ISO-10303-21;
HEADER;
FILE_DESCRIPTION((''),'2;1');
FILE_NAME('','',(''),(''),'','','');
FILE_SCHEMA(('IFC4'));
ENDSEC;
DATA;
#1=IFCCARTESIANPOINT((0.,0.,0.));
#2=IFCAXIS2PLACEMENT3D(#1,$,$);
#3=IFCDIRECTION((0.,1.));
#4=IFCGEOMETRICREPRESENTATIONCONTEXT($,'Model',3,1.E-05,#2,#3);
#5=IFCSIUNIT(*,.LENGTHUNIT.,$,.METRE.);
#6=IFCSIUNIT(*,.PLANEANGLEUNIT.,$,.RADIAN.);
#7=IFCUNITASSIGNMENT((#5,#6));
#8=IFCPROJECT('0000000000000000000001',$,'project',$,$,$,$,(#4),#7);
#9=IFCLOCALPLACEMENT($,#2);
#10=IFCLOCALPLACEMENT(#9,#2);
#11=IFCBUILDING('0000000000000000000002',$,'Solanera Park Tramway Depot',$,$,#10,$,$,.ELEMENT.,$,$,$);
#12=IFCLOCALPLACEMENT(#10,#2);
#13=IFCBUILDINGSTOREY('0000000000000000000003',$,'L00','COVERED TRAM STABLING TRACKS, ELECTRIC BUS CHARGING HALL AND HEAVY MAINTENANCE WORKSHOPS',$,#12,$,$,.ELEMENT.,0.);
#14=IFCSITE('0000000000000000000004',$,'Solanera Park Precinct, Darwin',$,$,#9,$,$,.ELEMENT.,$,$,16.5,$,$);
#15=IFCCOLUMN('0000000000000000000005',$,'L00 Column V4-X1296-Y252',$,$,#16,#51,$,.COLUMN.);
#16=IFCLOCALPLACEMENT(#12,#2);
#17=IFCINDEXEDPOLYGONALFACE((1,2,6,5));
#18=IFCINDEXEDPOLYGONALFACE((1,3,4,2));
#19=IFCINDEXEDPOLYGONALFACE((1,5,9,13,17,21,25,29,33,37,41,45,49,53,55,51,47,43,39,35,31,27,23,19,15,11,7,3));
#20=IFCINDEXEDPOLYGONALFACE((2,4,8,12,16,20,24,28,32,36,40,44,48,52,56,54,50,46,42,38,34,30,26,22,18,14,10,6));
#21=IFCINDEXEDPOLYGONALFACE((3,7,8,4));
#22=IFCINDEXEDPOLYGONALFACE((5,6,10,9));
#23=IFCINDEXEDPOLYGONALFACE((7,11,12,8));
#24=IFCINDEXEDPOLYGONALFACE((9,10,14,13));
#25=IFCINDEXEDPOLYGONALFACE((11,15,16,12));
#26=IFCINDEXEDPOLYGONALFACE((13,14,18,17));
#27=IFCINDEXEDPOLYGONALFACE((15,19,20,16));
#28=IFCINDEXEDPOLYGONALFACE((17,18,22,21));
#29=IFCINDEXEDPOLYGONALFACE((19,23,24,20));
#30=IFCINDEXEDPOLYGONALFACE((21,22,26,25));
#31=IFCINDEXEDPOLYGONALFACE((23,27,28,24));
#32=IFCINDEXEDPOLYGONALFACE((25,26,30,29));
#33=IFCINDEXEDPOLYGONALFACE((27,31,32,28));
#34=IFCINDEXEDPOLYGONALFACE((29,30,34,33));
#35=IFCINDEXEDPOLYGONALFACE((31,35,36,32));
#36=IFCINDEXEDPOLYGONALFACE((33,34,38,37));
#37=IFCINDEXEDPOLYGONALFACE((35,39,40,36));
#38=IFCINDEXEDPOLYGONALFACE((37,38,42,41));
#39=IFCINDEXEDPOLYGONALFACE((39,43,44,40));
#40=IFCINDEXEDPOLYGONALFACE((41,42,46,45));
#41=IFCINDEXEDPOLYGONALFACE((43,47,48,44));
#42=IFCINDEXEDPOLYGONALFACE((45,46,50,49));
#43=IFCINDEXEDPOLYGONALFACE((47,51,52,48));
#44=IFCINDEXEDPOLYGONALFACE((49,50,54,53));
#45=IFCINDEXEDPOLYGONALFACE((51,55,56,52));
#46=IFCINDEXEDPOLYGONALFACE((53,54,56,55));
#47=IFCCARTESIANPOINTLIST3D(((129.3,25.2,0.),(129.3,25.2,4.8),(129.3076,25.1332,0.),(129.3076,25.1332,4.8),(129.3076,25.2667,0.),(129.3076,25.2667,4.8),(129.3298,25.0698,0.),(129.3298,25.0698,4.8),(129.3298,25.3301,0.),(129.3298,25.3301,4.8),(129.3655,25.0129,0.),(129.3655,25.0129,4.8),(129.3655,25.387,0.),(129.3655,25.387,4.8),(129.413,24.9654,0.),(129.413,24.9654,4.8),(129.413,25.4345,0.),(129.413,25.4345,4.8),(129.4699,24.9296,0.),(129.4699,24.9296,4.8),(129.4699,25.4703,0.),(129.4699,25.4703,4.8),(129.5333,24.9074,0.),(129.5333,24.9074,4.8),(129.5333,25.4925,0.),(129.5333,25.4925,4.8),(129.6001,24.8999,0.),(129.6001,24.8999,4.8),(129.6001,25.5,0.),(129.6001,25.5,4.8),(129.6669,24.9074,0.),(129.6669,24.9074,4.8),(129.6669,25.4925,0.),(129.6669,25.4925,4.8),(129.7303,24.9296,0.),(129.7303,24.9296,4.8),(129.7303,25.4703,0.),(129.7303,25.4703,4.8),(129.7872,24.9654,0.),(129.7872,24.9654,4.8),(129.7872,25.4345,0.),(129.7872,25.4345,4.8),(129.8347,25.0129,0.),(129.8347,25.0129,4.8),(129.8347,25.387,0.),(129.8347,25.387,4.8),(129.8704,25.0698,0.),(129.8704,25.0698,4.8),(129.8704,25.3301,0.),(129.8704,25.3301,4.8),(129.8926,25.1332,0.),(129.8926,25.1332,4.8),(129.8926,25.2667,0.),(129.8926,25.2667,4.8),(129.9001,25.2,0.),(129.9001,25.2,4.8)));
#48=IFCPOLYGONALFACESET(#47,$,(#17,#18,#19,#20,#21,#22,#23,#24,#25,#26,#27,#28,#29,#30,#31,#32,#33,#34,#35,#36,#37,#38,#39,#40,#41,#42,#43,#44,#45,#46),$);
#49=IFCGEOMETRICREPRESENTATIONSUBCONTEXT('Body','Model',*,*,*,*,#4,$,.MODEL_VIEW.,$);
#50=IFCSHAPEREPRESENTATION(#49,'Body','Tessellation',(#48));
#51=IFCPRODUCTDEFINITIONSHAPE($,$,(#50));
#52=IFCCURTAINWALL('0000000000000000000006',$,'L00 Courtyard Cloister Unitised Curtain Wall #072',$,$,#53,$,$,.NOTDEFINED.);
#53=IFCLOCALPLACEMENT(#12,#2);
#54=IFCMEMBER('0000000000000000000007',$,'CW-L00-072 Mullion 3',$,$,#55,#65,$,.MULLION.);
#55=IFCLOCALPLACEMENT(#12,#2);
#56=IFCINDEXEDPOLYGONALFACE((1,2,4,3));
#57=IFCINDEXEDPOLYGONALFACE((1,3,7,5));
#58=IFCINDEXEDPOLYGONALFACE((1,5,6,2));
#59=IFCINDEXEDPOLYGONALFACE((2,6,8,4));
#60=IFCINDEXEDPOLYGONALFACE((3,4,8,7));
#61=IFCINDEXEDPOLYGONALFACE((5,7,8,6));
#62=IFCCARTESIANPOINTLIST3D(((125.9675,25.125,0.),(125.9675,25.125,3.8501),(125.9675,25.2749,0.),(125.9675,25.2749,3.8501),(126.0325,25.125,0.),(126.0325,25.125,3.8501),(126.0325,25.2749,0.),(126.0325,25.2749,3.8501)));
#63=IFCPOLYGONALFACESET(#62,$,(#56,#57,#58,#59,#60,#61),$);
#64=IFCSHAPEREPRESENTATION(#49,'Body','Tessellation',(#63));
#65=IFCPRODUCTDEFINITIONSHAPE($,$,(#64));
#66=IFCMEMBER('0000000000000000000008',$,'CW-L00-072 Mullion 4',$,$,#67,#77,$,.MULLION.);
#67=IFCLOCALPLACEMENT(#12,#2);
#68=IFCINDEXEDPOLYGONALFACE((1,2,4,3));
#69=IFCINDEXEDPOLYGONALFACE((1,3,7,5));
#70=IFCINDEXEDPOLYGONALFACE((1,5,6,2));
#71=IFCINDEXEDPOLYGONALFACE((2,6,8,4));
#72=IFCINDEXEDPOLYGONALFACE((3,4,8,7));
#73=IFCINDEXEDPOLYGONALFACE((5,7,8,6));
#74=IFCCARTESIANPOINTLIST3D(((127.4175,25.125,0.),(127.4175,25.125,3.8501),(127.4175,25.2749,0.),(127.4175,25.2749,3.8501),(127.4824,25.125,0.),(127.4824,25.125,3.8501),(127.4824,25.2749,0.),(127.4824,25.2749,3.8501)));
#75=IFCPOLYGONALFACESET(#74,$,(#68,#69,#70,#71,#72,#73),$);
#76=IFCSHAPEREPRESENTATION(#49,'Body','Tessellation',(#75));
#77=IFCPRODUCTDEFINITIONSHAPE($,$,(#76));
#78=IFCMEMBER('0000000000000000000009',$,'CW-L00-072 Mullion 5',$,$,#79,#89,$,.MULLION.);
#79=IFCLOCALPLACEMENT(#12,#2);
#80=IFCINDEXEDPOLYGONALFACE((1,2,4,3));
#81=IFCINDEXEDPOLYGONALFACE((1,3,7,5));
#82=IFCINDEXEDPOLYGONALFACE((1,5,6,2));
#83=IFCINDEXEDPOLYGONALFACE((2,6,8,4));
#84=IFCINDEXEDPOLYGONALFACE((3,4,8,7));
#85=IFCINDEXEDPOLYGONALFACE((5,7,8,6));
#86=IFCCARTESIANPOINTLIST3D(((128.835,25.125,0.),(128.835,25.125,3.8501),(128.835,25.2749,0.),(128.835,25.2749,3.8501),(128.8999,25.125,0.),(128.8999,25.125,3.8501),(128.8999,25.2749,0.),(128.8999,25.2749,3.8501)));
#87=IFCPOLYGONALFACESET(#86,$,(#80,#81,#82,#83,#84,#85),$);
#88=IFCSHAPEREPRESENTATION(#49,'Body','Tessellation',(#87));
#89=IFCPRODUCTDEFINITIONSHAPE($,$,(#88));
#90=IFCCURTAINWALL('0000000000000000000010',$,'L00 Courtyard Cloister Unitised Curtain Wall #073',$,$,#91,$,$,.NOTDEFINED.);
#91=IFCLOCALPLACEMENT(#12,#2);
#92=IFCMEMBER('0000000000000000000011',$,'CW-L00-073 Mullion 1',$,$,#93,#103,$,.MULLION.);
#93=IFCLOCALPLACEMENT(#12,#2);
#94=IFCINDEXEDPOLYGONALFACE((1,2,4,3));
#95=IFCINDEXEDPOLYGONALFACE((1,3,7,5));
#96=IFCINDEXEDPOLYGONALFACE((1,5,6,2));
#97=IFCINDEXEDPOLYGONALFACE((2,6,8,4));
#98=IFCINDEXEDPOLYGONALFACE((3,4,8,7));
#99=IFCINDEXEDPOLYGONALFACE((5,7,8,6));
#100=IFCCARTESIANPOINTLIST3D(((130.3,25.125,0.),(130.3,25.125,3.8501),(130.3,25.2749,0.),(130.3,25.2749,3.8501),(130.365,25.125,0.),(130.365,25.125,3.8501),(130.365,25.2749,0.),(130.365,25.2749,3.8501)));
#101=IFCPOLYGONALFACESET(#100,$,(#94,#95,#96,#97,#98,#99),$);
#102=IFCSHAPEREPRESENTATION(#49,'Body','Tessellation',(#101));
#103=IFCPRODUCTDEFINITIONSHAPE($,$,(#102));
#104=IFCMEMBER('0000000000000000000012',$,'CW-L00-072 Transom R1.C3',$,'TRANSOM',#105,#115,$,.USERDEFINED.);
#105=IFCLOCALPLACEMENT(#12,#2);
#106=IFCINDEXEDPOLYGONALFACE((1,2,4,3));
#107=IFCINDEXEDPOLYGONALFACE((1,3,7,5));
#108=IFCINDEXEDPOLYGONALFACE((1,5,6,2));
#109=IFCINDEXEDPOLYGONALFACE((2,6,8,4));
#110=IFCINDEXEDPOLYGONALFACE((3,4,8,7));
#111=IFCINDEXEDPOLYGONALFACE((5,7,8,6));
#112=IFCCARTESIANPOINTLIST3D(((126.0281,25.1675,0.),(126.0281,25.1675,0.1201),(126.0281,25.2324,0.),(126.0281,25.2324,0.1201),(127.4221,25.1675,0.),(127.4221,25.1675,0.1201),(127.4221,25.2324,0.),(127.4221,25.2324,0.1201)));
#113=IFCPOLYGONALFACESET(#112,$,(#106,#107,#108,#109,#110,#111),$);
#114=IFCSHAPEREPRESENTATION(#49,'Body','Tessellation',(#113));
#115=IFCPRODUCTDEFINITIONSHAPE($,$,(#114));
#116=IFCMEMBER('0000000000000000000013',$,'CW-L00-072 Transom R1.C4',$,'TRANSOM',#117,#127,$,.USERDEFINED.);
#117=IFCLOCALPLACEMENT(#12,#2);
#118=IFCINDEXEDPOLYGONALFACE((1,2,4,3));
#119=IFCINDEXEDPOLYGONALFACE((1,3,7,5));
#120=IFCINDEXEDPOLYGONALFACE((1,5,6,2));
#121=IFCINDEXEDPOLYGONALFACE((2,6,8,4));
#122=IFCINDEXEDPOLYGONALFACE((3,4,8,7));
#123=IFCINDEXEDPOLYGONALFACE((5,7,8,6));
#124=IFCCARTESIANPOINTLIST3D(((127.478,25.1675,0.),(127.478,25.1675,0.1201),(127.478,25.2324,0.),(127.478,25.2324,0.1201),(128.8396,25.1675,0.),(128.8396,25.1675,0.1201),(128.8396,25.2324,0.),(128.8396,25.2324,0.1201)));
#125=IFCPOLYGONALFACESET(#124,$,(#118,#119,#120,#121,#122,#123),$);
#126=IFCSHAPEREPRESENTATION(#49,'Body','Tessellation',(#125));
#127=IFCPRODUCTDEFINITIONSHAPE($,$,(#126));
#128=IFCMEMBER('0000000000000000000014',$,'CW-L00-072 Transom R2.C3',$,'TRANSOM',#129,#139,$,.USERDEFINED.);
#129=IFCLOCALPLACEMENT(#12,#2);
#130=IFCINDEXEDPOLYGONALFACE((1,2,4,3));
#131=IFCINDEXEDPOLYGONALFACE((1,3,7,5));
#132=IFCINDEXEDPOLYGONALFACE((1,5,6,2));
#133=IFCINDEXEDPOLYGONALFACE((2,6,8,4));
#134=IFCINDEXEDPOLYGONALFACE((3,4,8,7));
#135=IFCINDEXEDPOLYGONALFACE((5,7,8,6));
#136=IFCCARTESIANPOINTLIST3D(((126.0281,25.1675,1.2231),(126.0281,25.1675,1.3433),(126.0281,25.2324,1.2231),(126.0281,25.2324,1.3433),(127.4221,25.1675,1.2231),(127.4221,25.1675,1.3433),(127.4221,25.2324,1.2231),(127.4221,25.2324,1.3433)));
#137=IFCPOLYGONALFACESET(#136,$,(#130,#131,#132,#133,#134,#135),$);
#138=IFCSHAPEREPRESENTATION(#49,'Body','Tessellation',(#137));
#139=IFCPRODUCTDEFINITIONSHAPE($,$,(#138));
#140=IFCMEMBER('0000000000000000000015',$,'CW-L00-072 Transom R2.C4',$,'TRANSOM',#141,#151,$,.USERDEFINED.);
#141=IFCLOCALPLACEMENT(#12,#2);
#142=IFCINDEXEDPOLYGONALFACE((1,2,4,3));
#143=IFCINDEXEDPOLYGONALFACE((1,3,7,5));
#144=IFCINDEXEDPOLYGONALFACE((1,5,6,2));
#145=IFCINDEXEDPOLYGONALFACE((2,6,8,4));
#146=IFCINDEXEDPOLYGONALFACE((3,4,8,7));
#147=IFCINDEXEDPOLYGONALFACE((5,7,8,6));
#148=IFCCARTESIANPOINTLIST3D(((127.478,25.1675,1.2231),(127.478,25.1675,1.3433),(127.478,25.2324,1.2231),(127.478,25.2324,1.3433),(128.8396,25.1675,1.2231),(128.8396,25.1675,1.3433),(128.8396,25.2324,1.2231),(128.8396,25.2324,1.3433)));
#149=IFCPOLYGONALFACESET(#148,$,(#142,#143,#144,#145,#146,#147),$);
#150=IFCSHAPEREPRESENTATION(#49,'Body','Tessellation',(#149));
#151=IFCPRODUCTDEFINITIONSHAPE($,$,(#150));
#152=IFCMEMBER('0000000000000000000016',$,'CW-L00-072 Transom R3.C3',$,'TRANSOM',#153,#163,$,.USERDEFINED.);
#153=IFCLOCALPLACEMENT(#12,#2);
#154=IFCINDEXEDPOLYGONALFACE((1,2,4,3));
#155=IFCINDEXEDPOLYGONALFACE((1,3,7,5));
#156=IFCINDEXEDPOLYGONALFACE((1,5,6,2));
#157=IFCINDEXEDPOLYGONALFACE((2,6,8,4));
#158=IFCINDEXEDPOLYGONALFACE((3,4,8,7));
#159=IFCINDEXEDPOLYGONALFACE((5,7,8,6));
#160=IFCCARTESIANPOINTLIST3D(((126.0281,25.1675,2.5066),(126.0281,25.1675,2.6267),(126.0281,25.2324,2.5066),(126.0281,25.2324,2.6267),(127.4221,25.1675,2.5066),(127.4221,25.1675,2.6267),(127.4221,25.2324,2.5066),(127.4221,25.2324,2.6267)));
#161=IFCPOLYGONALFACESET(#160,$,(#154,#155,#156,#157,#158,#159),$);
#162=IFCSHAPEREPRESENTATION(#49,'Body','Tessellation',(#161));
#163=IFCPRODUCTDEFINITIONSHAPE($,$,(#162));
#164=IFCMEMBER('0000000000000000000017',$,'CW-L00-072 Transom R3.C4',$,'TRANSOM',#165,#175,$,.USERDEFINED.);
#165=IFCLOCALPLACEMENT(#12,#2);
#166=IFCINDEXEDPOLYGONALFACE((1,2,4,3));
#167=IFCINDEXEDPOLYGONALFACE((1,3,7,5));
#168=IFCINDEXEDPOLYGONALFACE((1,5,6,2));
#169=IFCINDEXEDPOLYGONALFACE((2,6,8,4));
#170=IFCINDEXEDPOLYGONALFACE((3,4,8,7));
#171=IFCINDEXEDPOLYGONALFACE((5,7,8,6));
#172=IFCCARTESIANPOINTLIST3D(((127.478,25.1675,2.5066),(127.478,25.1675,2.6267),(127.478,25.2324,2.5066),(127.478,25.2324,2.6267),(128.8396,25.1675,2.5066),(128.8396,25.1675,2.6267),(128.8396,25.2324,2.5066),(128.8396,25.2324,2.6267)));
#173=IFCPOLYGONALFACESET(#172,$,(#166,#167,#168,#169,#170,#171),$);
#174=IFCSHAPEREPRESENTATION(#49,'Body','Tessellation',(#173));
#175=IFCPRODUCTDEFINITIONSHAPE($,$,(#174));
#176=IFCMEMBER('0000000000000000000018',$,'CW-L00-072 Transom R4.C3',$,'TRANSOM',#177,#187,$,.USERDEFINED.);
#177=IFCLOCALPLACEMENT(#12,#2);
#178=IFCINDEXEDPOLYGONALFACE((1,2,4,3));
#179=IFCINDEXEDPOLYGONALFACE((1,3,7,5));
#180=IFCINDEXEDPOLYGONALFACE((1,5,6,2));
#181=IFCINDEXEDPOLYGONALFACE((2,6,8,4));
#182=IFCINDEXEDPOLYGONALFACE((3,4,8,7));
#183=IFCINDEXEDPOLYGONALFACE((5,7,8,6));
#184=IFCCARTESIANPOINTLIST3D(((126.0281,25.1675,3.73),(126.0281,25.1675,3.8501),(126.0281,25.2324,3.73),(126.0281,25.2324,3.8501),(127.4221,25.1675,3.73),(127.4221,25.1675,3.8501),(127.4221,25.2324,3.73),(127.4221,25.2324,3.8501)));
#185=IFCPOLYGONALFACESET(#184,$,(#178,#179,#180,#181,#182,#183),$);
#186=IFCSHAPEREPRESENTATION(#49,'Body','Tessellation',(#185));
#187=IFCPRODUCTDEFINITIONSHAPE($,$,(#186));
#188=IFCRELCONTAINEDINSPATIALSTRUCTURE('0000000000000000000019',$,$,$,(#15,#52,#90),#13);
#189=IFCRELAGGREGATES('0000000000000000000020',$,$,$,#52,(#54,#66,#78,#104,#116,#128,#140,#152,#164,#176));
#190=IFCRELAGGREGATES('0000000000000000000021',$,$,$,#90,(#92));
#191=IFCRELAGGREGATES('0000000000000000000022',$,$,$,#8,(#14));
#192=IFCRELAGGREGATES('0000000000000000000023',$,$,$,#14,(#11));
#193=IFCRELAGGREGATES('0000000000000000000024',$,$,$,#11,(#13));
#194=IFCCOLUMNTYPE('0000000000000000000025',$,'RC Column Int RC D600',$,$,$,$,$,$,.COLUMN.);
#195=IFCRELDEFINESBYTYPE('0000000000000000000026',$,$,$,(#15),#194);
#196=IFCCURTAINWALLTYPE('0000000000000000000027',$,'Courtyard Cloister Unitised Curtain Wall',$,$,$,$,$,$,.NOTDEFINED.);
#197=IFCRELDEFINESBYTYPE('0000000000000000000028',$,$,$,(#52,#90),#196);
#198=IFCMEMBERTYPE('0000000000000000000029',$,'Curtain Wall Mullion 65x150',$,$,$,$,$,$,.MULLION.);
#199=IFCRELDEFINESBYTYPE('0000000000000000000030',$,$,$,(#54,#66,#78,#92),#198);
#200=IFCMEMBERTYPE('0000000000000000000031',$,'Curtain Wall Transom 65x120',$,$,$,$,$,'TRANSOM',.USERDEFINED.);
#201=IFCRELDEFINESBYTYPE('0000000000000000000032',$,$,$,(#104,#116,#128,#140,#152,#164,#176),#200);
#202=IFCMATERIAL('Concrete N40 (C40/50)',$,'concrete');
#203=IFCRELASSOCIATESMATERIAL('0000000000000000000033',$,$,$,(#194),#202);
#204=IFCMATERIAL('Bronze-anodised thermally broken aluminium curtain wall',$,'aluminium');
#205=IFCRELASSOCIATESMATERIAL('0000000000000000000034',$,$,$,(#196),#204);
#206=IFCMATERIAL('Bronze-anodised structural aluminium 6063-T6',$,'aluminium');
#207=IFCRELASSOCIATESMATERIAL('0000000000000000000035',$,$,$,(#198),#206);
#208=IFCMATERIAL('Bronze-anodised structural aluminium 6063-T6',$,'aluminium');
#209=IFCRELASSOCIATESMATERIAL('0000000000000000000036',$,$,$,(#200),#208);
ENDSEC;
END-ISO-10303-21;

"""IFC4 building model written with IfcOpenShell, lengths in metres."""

from ifc_helpers import new_model, si_unit, direction, frame, origin, origin_2d, place, context, subcontext, project, spatial, rectangle, circle, extrude, material, material_profile, profile_set, type_object, element, aggregate, save


model = new_model("IFC4")

# Units and contexts
model_context = context("Model", 3, precision=1e-05, world=origin(), true_north=direction((0.0, 1.0)))
body_context = subcontext(model_context, "Body", "Model", "MODEL_VIEW")
ifc_project = project(units=[si_unit("LENGTHUNIT", "METRE"), si_unit("PLANEANGLEUNIT", "RADIAN")], contexts=[model_context])

# Site, building, storey
site_placement = place(None, origin())
site = spatial("IfcSite", under=ifc_project, at=site_placement, Name="Solanera Park Precinct, Darwin", CompositionType="ELEMENT", RefElevation=16.5)
building_placement = place(site_placement, origin())
building = spatial("IfcBuilding", under=site, at=building_placement, Name="Solanera Park Tramway Depot", CompositionType="ELEMENT")
storey_placement = place(building_placement, origin())
storey = spatial("IfcBuildingStorey", under=building, at=storey_placement, Name="L00", Description="COVERED TRAM STABLING TRACKS, ELECTRIC BUS CHARGING HALL AND HEAVY MAINTENANCE WORKSHOPS", CompositionType="ELEMENT", Elevation=0.0)

# Column
ifc_material_1 = material(Name="Concrete N40 (C40/50)", Category="concrete")
ifc_material_profile_1 = material_profile(ifc_material_1, circle(Radius=0.3, at=origin_2d()), Name="RC D600")
ifc_profile_set_1 = profile_set([ifc_material_profile_1], Name="Concrete N40 (C40/50)")
column_type_1 = type_object("IfcColumnType", Name="RC Column Int RC D600", PredefinedType="COLUMN", material=ifc_profile_set_1)
column_1_placement = place(storey_placement, frame((129.6001, 25.2, 0.0), z_axis=(0.0, 0.0, 1.0), x_axis=(1.0, 0.0, 0.0)))
element("IfcColumn", 1, at=column_1_placement, inside=storey, type_object=column_type_1, Name="L00 Column V4-X1296-Y252", PredefinedType="COLUMN", context=body_context, shape_type="SweptSolid", body=[
    extrude(circle(Radius=0.3, at=origin_2d()), origin(), (0.0, 0.0, 1.0), 4.8),
])

# Curtain wall, members
ifc_material_2 = material(Name="Bronze-anodised thermally broken aluminium curtain wall", Category="aluminium")
curtain_wall_type = type_object("IfcCurtainWallType", Name="Courtyard Cloister Unitised Curtain Wall", PredefinedType="NOTDEFINED", material=ifc_material_2)
curtain_wall_1_placement = place(storey_placement, origin())
curtain_wall_1 = element("IfcCurtainWall", 2, at=curtain_wall_1_placement, inside=storey, type_object=curtain_wall_type, Name="L00 Courtyard Cloister Unitised Curtain Wall #072", PredefinedType="NOTDEFINED")
ifc_material_3 = material(Name="Bronze-anodised structural aluminium 6063-T6", Category="aluminium")
ifc_material_profile_2 = material_profile(ifc_material_3, rectangle(XDim=0.0649, YDim=0.1499, at=origin_2d()), Name="Curtain Wall Mullion 65x150")
ifc_profile_set_2 = profile_set([ifc_material_profile_2], Name="Bronze-anodised structural aluminium 6063-T6")
member_type_1 = type_object("IfcMemberType", Name="Curtain Wall Mullion 65x150", PredefinedType="MULLION", material=ifc_profile_set_2)
member_1_placement = place(storey_placement, frame((126.0, 25.2, 0.0), z_axis=(0.0, 0.0, 1.0), x_axis=(1.0, 0.0, 0.0)))
member_1 = element("IfcMember", 3, at=member_1_placement, type_object=member_type_1, Name="CW-L00-072 Mullion 3", PredefinedType="MULLION", context=body_context, shape_type="SweptSolid", body=[
    extrude(rectangle(XDim=0.0649, YDim=0.1499, at=origin_2d()), origin(), (0.0, 0.0, 1.0), 3.8501),
])
member_2_placement = place(storey_placement, frame((127.45, 25.2, 0.0), z_axis=(0.0, 0.0, 1.0), x_axis=(1.0, 0.0, 0.0)))
member_2 = element("IfcMember", 4, at=member_2_placement, type_object=member_type_1, Name="CW-L00-072 Mullion 4", PredefinedType="MULLION", context=body_context, shape_type="SweptSolid", body=[
    extrude(rectangle(XDim=0.0649, YDim=0.1499, at=origin_2d()), origin(), (0.0, 0.0, 1.0), 3.8501),
])
member_3_placement = place(storey_placement, frame((128.8674, 25.2, 0.0), z_axis=(0.0, 0.0, 1.0), x_axis=(1.0, 0.0, 0.0)))
member_3 = element("IfcMember", 5, at=member_3_placement, type_object=member_type_1, Name="CW-L00-072 Mullion 5", PredefinedType="MULLION", context=body_context, shape_type="SweptSolid", body=[
    extrude(rectangle(XDim=0.0649, YDim=0.1499, at=origin_2d()), origin(), (0.0, 0.0, 1.0), 3.8501),
])

# Curtain wall, member
curtain_wall_2_placement = place(storey_placement, origin())
curtain_wall_2 = element("IfcCurtainWall", 6, at=curtain_wall_2_placement, inside=storey, type_object=curtain_wall_type, Name="L00 Courtyard Cloister Unitised Curtain Wall #073", PredefinedType="NOTDEFINED")
member_4_placement = place(storey_placement, frame((130.3325, 25.2, 0.0), z_axis=(0.0, 0.0, 1.0), x_axis=(1.0, 0.0, 0.0)))
member_4 = element("IfcMember", 7, at=member_4_placement, type_object=member_type_1, Name="CW-L00-073 Mullion 1", PredefinedType="MULLION", context=body_context, shape_type="SweptSolid", body=[
    extrude(rectangle(XDim=0.0649, YDim=0.1499, at=origin_2d()), origin(), (0.0, 0.0, 1.0), 3.8501),
])

# Members
ifc_material_4 = material(Name="Bronze-anodised structural aluminium 6063-T6", Category="aluminium")
ifc_material_profile_3 = material_profile(ifc_material_4, rectangle(XDim=0.0649, YDim=0.1201, at=origin_2d()), Name="Curtain Wall Transom 65x120")
ifc_profile_set_3 = profile_set([ifc_material_profile_3], Name="Bronze-anodised structural aluminium 6063-T6")
member_type_2 = type_object("IfcMemberType", Name="Curtain Wall Transom 65x120", ElementType="TRANSOM", PredefinedType="USERDEFINED", material=ifc_profile_set_3)
member_5_placement = place(storey_placement, frame((126.0281, 25.2, 0.0601), z_axis=(1.0, 0.0, 0.0), x_axis=(0.0, 1.0, 0.0)))
member_5 = element("IfcMember", 8, at=member_5_placement, type_object=member_type_2, Name="CW-L00-072 Transom R1.C3", ObjectType="TRANSOM", PredefinedType="USERDEFINED", context=body_context, shape_type="SweptSolid", body=[
    extrude(rectangle(XDim=0.0649, YDim=0.1201, at=origin_2d()), origin(), (0.0, 0.0, 1.0), 1.394),
])
member_6_placement = place(storey_placement, frame((127.478, 25.2, 0.0601), z_axis=(1.0, 0.0, 0.0), x_axis=(0.0, 1.0, 0.0)))
member_6 = element("IfcMember", 9, at=member_6_placement, type_object=member_type_2, Name="CW-L00-072 Transom R1.C4", ObjectType="TRANSOM", PredefinedType="USERDEFINED", context=body_context, shape_type="SweptSolid", body=[
    extrude(rectangle(XDim=0.0649, YDim=0.1201, at=origin_2d()), origin(), (0.0, 0.0, 1.0), 1.3616),
])
member_7_placement = place(storey_placement, frame((126.0281, 25.2, 1.2832), z_axis=(1.0, 0.0, 0.0), x_axis=(0.0, 1.0, 0.0)))
member_7 = element("IfcMember", 10, at=member_7_placement, type_object=member_type_2, Name="CW-L00-072 Transom R2.C3", ObjectType="TRANSOM", PredefinedType="USERDEFINED", context=body_context, shape_type="SweptSolid", body=[
    extrude(rectangle(XDim=0.0649, YDim=0.1201, at=origin_2d()), origin(), (0.0, 0.0, 1.0), 1.394),
])
member_8_placement = place(storey_placement, frame((127.478, 25.2, 1.2832), z_axis=(1.0, 0.0, 0.0), x_axis=(0.0, 1.0, 0.0)))
member_8 = element("IfcMember", 11, at=member_8_placement, type_object=member_type_2, Name="CW-L00-072 Transom R2.C4", ObjectType="TRANSOM", PredefinedType="USERDEFINED", context=body_context, shape_type="SweptSolid", body=[
    extrude(rectangle(XDim=0.0649, YDim=0.1201, at=origin_2d()), origin(), (0.0, 0.0, 1.0), 1.3616),
])
member_9_placement = place(storey_placement, frame((126.0281, 25.2, 2.5667), z_axis=(1.0, 0.0, 0.0), x_axis=(0.0, 1.0, 0.0)))
member_9 = element("IfcMember", 12, at=member_9_placement, type_object=member_type_2, Name="CW-L00-072 Transom R3.C3", ObjectType="TRANSOM", PredefinedType="USERDEFINED", context=body_context, shape_type="SweptSolid", body=[
    extrude(rectangle(XDim=0.0649, YDim=0.1201, at=origin_2d()), origin(), (0.0, 0.0, 1.0), 1.394),
])
member_10_placement = place(storey_placement, frame((127.478, 25.2, 2.5667), z_axis=(1.0, 0.0, 0.0), x_axis=(0.0, 1.0, 0.0)))
member_10 = element("IfcMember", 13, at=member_10_placement, type_object=member_type_2, Name="CW-L00-072 Transom R3.C4", ObjectType="TRANSOM", PredefinedType="USERDEFINED", context=body_context, shape_type="SweptSolid", body=[
    extrude(rectangle(XDim=0.0649, YDim=0.1201, at=origin_2d()), origin(), (0.0, 0.0, 1.0), 1.3616),
])
member_11_placement = place(storey_placement, frame((126.0281, 25.2, 3.79), z_axis=(1.0, 0.0, 0.0), x_axis=(0.0, 1.0, 0.0)))
member_11 = element("IfcMember", 14, at=member_11_placement, type_object=member_type_2, Name="CW-L00-072 Transom R4.C3", ObjectType="TRANSOM", PredefinedType="USERDEFINED", context=body_context, shape_type="SweptSolid", body=[
    extrude(rectangle(XDim=0.0649, YDim=0.1201, at=origin_2d()), origin(), (0.0, 0.0, 1.0), 1.394),
])

aggregate(curtain_wall_1, [member_1, member_2, member_3, member_5, member_6, member_7, member_8, member_9, member_10, member_11])
aggregate(curtain_wall_2, [member_4])

save(model, "model.ifc")
